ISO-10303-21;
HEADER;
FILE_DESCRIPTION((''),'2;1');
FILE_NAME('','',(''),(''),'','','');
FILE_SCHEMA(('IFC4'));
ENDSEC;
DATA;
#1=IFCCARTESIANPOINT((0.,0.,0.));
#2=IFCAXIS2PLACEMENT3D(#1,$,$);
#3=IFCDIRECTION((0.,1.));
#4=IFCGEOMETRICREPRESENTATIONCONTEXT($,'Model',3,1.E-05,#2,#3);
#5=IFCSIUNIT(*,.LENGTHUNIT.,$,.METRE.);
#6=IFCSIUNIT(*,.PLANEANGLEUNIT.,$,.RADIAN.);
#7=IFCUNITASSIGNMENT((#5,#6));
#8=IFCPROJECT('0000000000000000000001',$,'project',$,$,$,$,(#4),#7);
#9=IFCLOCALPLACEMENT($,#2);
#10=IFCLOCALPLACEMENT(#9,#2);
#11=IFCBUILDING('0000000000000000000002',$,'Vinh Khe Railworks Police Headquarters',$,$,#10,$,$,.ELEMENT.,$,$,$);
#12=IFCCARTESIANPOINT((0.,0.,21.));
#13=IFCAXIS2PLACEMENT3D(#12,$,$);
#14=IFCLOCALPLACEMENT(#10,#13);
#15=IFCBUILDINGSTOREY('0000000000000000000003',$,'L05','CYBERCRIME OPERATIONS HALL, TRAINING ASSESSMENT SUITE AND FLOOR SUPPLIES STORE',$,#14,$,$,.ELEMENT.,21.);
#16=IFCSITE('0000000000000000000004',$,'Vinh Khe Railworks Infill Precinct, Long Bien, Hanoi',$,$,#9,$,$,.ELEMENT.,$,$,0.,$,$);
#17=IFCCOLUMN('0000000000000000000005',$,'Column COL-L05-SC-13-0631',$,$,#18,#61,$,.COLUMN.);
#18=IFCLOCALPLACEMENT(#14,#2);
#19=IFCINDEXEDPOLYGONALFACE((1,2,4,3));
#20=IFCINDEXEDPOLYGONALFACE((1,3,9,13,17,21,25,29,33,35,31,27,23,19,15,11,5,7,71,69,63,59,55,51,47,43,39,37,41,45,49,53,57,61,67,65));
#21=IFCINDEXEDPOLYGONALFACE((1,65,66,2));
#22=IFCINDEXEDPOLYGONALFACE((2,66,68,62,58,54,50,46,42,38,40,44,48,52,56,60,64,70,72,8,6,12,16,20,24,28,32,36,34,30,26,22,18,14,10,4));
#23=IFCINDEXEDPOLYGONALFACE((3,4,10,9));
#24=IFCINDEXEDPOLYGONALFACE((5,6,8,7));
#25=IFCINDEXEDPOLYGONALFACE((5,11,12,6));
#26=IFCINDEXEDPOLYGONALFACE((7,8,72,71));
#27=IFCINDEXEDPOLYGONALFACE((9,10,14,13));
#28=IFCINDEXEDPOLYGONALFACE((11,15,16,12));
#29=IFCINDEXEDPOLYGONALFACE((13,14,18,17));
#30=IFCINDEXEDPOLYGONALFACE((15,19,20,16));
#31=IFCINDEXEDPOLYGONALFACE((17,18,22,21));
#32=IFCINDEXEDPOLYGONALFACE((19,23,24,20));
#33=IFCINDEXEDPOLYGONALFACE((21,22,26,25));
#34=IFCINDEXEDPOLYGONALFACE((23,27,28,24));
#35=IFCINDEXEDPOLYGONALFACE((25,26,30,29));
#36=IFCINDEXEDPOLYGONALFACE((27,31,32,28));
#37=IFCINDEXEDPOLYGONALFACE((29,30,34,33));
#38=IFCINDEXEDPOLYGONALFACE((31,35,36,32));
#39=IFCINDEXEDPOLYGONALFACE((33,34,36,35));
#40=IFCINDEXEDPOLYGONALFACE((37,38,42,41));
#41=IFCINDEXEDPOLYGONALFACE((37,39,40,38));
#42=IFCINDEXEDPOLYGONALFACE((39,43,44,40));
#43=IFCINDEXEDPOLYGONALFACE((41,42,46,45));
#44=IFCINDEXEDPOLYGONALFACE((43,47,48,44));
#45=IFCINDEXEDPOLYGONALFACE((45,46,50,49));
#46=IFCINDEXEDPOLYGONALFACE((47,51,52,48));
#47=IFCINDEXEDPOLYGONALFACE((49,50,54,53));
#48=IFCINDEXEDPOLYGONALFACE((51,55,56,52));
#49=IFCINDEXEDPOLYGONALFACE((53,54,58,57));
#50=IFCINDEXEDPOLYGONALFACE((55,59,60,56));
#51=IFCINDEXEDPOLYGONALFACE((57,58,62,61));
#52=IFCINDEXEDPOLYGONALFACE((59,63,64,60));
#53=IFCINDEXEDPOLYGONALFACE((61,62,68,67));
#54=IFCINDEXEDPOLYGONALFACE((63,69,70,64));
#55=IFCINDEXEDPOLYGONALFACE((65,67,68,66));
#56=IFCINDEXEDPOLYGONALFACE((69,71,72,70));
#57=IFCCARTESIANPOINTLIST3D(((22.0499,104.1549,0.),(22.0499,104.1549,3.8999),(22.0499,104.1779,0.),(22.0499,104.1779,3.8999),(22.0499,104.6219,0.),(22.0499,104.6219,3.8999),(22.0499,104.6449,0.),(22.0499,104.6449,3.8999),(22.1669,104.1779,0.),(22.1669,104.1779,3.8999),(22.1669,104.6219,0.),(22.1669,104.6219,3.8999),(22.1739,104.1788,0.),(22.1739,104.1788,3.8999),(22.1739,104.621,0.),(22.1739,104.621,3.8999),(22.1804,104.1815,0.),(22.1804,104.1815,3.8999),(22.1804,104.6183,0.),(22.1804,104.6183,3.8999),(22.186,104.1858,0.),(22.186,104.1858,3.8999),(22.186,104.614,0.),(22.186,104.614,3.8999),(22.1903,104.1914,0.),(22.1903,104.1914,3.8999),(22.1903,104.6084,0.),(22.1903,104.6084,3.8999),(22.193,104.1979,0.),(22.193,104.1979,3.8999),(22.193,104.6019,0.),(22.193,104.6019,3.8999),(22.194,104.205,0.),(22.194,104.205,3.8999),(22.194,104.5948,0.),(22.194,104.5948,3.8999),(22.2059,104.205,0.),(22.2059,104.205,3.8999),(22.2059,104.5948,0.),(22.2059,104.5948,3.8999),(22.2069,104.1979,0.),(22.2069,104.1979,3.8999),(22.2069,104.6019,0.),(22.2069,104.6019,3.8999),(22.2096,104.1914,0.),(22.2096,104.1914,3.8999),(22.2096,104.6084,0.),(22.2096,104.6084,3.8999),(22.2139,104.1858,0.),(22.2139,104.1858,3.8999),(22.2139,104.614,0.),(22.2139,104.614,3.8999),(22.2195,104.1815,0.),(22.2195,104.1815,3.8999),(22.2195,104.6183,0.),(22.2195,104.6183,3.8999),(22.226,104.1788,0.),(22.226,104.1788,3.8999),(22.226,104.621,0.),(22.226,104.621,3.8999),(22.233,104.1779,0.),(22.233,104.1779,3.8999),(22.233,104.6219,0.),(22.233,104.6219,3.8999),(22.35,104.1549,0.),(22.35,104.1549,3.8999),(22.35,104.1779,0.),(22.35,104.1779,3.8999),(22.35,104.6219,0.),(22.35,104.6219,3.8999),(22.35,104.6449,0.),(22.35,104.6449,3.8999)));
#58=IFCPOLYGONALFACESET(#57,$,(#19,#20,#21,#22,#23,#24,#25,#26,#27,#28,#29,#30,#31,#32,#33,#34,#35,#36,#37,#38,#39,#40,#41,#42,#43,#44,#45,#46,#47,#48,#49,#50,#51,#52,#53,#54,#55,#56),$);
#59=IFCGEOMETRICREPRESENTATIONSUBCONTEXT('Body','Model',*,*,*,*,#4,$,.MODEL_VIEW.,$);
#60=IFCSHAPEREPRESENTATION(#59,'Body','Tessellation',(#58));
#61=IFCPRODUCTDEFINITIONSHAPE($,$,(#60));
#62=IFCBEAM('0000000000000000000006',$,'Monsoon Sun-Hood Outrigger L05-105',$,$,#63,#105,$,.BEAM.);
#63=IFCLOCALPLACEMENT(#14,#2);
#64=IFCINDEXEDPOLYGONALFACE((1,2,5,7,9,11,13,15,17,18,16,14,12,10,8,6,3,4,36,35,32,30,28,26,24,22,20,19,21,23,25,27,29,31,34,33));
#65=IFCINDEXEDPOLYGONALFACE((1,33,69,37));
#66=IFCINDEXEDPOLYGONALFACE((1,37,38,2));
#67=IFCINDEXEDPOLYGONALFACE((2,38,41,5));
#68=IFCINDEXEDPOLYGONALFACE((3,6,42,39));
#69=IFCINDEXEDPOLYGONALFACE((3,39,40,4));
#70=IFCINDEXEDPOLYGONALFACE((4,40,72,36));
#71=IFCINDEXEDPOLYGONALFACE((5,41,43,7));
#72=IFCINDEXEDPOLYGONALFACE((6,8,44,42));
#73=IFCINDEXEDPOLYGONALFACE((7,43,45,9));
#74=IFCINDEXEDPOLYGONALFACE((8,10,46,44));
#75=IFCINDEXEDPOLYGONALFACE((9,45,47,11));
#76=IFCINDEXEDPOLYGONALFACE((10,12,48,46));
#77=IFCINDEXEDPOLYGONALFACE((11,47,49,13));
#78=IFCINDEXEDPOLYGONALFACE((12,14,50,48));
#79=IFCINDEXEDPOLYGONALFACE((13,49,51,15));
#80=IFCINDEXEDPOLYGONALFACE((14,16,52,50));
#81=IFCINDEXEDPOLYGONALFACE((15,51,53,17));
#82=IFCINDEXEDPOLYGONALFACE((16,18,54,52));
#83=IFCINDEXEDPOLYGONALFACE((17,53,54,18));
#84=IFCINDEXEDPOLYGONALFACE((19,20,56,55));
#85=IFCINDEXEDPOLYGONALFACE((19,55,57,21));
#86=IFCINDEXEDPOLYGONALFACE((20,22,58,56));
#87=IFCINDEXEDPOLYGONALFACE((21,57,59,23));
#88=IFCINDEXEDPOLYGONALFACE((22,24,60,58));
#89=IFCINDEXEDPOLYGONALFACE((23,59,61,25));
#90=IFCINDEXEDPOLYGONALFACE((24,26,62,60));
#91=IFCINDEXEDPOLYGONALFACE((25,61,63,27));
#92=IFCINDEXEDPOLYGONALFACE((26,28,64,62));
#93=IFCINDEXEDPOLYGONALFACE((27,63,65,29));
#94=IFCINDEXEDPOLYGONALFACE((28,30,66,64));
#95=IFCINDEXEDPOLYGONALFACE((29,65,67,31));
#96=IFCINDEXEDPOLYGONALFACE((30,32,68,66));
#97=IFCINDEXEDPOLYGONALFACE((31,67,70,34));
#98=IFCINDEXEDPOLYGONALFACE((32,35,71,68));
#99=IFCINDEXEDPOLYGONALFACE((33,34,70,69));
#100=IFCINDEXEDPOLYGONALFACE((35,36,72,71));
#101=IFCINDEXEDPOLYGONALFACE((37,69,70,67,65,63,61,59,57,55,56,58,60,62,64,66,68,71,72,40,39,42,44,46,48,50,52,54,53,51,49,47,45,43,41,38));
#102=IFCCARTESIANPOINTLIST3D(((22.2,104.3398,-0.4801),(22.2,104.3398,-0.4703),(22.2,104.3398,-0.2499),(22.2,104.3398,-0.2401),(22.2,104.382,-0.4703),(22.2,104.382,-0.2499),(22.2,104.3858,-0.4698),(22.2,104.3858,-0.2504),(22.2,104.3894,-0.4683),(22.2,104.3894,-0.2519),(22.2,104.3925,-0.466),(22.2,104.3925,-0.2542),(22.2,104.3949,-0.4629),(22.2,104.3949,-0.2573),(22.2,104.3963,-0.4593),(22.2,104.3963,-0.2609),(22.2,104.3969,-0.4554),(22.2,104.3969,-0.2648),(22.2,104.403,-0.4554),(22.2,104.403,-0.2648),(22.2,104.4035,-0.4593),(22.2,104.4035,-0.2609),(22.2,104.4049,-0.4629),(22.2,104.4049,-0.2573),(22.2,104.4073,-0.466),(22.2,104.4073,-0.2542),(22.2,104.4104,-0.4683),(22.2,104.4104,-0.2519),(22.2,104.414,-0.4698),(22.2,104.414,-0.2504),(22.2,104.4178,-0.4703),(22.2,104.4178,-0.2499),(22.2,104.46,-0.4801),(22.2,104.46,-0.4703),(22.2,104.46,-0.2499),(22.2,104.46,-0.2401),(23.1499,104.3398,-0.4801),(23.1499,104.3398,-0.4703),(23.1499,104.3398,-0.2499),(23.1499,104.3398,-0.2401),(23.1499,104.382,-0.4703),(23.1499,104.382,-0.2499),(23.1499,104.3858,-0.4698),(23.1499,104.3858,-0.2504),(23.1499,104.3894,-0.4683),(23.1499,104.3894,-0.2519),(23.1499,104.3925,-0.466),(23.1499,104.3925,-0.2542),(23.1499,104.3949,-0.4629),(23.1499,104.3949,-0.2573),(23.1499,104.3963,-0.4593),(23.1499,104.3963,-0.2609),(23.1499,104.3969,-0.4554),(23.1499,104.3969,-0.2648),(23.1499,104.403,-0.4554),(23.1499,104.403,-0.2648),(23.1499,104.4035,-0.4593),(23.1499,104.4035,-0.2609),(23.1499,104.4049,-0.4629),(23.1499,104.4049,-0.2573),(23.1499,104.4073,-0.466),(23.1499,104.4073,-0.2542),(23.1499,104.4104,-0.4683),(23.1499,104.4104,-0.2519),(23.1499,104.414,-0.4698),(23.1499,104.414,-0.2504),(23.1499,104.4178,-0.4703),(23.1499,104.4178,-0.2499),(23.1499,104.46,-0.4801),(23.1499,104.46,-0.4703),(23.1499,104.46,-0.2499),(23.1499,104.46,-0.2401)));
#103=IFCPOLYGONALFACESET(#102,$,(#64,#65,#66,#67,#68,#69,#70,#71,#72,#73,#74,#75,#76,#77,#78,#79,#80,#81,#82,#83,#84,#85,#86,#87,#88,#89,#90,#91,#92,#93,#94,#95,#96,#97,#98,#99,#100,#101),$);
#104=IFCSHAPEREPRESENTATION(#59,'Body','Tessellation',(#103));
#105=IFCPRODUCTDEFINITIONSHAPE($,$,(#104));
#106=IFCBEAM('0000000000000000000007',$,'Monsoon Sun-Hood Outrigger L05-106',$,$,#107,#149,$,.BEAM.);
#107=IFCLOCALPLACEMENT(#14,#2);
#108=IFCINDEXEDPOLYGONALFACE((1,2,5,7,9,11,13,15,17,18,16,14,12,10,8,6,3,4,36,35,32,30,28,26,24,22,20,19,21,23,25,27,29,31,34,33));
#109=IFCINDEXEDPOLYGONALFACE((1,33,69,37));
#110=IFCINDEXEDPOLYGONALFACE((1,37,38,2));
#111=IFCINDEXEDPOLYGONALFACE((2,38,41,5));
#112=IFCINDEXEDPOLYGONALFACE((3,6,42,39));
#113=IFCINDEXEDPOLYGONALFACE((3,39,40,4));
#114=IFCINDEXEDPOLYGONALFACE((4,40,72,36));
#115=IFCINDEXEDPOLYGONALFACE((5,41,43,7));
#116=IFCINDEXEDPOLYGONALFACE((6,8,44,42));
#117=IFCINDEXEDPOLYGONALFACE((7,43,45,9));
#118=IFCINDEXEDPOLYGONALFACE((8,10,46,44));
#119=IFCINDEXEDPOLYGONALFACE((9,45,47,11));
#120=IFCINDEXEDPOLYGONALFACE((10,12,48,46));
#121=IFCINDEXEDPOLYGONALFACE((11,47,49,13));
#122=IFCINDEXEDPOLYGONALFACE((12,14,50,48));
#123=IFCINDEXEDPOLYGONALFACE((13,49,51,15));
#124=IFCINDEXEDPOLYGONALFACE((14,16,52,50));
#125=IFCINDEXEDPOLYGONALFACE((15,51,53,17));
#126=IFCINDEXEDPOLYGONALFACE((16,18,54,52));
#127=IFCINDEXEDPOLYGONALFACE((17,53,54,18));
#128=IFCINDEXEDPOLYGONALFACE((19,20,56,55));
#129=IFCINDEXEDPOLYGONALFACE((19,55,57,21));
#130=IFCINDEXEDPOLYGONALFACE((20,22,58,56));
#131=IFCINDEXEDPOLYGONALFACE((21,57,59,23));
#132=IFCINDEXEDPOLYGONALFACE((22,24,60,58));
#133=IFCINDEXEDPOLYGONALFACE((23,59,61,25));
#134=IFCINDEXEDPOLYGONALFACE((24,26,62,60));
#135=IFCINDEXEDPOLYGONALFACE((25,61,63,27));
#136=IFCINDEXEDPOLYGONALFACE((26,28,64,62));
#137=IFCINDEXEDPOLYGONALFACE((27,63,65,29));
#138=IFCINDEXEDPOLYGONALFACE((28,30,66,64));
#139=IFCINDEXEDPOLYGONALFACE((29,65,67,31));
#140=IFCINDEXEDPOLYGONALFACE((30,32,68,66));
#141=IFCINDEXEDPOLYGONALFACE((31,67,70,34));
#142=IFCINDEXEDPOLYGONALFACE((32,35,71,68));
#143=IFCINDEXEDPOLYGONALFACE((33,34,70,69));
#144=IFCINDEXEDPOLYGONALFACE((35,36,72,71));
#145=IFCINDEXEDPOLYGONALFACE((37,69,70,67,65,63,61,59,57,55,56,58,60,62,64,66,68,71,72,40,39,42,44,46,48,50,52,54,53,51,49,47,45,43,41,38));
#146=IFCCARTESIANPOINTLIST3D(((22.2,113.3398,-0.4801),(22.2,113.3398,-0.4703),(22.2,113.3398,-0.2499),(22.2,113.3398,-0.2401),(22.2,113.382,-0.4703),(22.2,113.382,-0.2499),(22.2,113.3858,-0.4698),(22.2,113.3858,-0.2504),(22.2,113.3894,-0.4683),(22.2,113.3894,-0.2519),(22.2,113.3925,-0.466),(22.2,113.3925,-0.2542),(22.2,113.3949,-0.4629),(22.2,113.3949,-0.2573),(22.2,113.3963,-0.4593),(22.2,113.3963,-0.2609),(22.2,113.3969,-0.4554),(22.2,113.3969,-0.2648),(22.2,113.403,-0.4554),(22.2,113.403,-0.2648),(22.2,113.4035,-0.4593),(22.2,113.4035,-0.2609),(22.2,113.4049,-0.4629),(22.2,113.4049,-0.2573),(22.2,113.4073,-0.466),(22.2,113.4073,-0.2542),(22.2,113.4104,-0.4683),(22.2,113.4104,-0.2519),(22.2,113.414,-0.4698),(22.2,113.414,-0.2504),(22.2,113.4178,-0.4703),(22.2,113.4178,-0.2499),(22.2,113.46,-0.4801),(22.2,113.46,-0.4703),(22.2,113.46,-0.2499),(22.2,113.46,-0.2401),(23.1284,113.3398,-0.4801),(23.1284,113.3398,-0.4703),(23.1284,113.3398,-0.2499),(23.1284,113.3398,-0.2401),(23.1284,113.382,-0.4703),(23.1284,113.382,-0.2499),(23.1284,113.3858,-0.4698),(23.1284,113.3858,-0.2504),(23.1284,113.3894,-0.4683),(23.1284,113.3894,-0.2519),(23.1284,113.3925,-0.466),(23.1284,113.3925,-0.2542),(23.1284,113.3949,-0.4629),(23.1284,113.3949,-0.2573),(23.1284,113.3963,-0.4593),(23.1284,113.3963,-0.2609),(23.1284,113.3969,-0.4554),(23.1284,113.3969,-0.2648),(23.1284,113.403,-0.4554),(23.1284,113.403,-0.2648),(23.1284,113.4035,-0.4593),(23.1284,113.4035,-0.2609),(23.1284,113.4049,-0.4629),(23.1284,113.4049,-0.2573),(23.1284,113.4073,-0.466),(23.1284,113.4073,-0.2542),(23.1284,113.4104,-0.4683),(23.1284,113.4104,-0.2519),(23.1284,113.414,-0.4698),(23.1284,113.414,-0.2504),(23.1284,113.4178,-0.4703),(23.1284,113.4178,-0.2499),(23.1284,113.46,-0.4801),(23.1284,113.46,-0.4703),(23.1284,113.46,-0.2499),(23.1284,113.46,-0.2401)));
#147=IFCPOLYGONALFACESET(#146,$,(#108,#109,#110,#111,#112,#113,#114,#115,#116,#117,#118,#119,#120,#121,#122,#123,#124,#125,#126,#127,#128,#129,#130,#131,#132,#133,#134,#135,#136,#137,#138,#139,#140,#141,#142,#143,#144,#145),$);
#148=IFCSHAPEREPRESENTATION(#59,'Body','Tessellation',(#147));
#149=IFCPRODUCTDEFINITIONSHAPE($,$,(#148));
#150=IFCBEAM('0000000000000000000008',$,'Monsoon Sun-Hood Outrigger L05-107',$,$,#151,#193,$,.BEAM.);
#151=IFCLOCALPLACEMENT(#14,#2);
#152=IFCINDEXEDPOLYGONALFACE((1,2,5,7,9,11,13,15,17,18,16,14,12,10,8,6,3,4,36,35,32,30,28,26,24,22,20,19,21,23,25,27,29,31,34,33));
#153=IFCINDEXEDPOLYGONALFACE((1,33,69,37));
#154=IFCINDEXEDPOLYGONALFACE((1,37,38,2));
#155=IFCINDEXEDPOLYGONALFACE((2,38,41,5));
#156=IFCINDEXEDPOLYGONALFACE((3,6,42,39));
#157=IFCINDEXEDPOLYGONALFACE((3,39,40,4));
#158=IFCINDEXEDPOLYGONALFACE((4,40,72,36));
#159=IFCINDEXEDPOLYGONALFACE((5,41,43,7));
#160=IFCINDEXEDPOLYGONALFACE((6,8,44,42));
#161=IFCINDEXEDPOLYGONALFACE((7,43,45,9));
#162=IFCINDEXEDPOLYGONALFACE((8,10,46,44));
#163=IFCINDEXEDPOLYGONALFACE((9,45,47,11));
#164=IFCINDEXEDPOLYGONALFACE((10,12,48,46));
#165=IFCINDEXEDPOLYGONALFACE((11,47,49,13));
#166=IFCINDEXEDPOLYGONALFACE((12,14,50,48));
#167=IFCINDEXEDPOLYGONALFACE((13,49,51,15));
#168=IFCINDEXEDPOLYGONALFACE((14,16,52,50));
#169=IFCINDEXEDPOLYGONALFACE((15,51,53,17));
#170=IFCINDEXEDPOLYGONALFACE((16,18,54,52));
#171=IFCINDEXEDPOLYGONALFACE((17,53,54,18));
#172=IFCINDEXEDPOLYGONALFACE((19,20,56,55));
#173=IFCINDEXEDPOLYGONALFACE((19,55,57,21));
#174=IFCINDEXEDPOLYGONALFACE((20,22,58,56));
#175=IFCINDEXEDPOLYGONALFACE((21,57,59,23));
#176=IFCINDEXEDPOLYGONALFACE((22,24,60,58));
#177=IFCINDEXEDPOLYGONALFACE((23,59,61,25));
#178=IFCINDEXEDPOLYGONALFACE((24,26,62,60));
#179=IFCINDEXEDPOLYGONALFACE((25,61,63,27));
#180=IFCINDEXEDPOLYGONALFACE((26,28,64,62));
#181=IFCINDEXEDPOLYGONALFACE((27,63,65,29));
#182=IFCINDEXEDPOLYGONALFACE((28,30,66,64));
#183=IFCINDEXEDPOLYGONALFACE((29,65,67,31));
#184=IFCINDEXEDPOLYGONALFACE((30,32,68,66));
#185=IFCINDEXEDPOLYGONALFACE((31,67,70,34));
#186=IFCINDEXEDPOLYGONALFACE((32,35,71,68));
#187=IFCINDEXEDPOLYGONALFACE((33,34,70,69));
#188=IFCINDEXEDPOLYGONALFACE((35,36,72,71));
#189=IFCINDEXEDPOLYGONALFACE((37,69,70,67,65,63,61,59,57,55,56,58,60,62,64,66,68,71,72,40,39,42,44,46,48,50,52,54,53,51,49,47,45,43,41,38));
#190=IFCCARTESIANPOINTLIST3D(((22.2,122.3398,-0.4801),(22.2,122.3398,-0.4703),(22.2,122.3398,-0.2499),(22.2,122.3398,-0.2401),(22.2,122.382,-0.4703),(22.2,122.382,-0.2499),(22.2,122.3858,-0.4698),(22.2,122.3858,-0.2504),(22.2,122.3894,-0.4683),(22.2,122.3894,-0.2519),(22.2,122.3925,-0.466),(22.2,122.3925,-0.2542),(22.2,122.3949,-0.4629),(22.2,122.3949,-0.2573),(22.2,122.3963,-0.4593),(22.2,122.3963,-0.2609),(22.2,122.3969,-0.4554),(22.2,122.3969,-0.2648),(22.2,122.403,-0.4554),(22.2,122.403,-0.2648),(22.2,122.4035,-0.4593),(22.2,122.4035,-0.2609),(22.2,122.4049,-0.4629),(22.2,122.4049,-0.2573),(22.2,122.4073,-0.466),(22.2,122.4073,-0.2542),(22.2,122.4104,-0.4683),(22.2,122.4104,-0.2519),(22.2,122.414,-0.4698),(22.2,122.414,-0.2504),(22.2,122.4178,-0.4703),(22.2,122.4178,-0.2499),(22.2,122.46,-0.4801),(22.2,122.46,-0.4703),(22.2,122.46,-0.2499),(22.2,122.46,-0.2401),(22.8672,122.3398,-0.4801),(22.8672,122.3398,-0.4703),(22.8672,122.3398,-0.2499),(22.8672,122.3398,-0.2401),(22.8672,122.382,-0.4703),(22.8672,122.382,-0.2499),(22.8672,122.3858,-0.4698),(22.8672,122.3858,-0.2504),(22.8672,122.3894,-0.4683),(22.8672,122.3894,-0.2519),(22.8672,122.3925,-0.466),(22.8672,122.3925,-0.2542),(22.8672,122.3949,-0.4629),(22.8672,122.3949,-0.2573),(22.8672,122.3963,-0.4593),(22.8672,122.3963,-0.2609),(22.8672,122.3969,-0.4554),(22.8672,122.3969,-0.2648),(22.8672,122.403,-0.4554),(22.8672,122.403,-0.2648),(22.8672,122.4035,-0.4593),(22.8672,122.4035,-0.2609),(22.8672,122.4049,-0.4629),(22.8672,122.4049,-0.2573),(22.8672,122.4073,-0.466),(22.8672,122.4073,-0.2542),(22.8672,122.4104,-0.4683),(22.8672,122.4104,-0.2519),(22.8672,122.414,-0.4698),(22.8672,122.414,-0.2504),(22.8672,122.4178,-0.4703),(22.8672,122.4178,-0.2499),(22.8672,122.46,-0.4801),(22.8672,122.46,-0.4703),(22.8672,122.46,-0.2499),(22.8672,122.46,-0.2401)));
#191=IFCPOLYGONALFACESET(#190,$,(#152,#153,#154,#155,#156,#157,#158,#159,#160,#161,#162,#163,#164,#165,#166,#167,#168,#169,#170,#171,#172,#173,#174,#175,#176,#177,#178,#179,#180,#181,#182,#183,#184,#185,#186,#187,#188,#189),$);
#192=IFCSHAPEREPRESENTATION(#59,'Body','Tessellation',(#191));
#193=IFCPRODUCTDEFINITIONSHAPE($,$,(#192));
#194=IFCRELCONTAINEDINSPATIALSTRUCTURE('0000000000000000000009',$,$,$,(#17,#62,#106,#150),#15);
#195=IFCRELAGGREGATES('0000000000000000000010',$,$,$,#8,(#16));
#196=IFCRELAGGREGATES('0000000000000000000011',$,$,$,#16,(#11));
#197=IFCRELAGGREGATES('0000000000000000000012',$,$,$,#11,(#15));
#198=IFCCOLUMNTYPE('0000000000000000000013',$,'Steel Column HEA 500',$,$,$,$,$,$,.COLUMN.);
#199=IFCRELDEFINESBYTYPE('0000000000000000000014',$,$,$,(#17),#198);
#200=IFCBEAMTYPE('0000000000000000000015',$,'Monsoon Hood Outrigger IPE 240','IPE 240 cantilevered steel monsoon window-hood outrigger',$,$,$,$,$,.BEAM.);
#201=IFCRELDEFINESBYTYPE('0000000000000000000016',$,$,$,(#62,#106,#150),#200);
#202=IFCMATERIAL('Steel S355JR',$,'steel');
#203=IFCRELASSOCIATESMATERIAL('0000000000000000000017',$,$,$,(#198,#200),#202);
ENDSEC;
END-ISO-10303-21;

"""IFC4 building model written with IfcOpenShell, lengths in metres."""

from ifc_helpers import new_model, si_unit, direction, frame, origin, origin_2d, place, context, subcontext, project, spatial, i_section, extrude, material, material_profile, profile_set, type_object, element, save


model = new_model("IFC4")

# Units and contexts
model_context = context("Model", 3, precision=1e-05, world=origin(), true_north=direction((0.0, 1.0)))
body_context = subcontext(model_context, "Body", "Model", "MODEL_VIEW")
ifc_project = project(units=[si_unit("LENGTHUNIT", "METRE"), si_unit("PLANEANGLEUNIT", "RADIAN")], contexts=[model_context])

# Site, building, storey
site_placement = place(None, origin())
site = spatial("IfcSite", under=ifc_project, at=site_placement, Name="Vinh Khe Railworks Infill Precinct, Long Bien, Hanoi", CompositionType="ELEMENT", RefElevation=0.0)
building_placement = place(site_placement, origin())
building = spatial("IfcBuilding", under=site, at=building_placement, Name="Vinh Khe Railworks Police Headquarters", CompositionType="ELEMENT")
storey_placement = place(building_placement, frame((0.0, 0.0, 21.0)))
storey = spatial("IfcBuildingStorey", under=building, at=storey_placement, Name="L05", Description="CYBERCRIME OPERATIONS HALL, TRAINING ASSESSMENT SUITE AND FLOOR SUPPLIES STORE", CompositionType="ELEMENT", Elevation=21.0)

# Column
ifc_material_1 = material(Name="Steel S355JR", Category="steel")
ifc_material_profile_1 = material_profile(ifc_material_1, i_section(OverallWidth=0.3, OverallDepth=0.49, WebThickness=0.012, FlangeThickness=0.0229, FilletRadius=0.0271, at=origin_2d()), Name="HEA 500")
ifc_profile_set_1 = profile_set([ifc_material_profile_1], Name="Steel S355JR")
column_type_1 = type_object("IfcColumnType", Name="Steel Column HEA 500", PredefinedType="COLUMN", material=ifc_profile_set_1)
column_1_placement = place(storey_placement, frame((22.2, 104.3999, 0.0), z_axis=(0.0, 0.0, 1.0), x_axis=(1.0, 0.0, 0.0)))
element("IfcColumn", 1, at=column_1_placement, inside=storey, type_object=column_type_1, Name="Column COL-L05-SC-13-0631", PredefinedType="COLUMN", context=body_context, shape_type="SweptSolid", body=[
    extrude(i_section(OverallWidth=0.3, OverallDepth=0.49, WebThickness=0.012, FlangeThickness=0.0229, FilletRadius=0.0271, at=origin_2d()), origin(), (0.0, 0.0, 1.0), 3.8999),
])

# Beams
ifc_material_profile_2 = material_profile(ifc_material_1, i_section(OverallWidth=0.1201, OverallDepth=0.24, WebThickness=0.0061, FlangeThickness=0.0098, FilletRadius=0.0149, at=origin_2d()), Name="IPE 240")
ifc_profile_set_2 = profile_set([ifc_material_profile_2], Name="Steel S355JR")
beam_type_1 = type_object("IfcBeamType", Name="Monsoon Hood Outrigger IPE 240", Description="IPE 240 cantilevered steel monsoon window-hood outrigger", PredefinedType="BEAM", material=ifc_profile_set_2)
beam_1_placement = place(storey_placement, frame((22.2, 104.3999, -0.3601), z_axis=(1.0, 0.0, 0.0), x_axis=(0.0, 1.0, 0.0)))
element("IfcBeam", 2, at=beam_1_placement, inside=storey, type_object=beam_type_1, Name="Monsoon Sun-Hood Outrigger L05-105", PredefinedType="BEAM", context=body_context, shape_type="SweptSolid", body=[
    extrude(i_section(OverallWidth=0.1201, OverallDepth=0.24, WebThickness=0.0061, FlangeThickness=0.0098, FilletRadius=0.0149, at=origin_2d()), origin(), (0.0, 0.0, 1.0), 0.95),
])
beam_2_placement = place(storey_placement, frame((22.2, 113.3999, -0.3601), z_axis=(1.0, 0.0, 0.0), x_axis=(0.0, 1.0, 0.0)))
element("IfcBeam", 3, at=beam_2_placement, inside=storey, type_object=beam_type_1, Name="Monsoon Sun-Hood Outrigger L05-106", PredefinedType="BEAM", context=body_context, shape_type="SweptSolid", body=[
    extrude(i_section(OverallWidth=0.1201, OverallDepth=0.24, WebThickness=0.0061, FlangeThickness=0.0098, FilletRadius=0.0149, at=origin_2d()), origin(), (0.0, 0.0, 1.0), 0.9285),
])
beam_3_placement = place(storey_placement, frame((22.2, 122.3999, -0.3601), z_axis=(1.0, 0.0, 0.0), x_axis=(0.0, 1.0, 0.0)))
element("IfcBeam", 4, at=beam_3_placement, inside=storey, type_object=beam_type_1, Name="Monsoon Sun-Hood Outrigger L05-107", PredefinedType="BEAM", context=body_context, shape_type="SweptSolid", body=[
    extrude(i_section(OverallWidth=0.1201, OverallDepth=0.24, WebThickness=0.0061, FlangeThickness=0.0098, FilletRadius=0.0149, at=origin_2d()), origin(), (0.0, 0.0, 1.0), 0.6672),
])

save(model, "model.ifc")
